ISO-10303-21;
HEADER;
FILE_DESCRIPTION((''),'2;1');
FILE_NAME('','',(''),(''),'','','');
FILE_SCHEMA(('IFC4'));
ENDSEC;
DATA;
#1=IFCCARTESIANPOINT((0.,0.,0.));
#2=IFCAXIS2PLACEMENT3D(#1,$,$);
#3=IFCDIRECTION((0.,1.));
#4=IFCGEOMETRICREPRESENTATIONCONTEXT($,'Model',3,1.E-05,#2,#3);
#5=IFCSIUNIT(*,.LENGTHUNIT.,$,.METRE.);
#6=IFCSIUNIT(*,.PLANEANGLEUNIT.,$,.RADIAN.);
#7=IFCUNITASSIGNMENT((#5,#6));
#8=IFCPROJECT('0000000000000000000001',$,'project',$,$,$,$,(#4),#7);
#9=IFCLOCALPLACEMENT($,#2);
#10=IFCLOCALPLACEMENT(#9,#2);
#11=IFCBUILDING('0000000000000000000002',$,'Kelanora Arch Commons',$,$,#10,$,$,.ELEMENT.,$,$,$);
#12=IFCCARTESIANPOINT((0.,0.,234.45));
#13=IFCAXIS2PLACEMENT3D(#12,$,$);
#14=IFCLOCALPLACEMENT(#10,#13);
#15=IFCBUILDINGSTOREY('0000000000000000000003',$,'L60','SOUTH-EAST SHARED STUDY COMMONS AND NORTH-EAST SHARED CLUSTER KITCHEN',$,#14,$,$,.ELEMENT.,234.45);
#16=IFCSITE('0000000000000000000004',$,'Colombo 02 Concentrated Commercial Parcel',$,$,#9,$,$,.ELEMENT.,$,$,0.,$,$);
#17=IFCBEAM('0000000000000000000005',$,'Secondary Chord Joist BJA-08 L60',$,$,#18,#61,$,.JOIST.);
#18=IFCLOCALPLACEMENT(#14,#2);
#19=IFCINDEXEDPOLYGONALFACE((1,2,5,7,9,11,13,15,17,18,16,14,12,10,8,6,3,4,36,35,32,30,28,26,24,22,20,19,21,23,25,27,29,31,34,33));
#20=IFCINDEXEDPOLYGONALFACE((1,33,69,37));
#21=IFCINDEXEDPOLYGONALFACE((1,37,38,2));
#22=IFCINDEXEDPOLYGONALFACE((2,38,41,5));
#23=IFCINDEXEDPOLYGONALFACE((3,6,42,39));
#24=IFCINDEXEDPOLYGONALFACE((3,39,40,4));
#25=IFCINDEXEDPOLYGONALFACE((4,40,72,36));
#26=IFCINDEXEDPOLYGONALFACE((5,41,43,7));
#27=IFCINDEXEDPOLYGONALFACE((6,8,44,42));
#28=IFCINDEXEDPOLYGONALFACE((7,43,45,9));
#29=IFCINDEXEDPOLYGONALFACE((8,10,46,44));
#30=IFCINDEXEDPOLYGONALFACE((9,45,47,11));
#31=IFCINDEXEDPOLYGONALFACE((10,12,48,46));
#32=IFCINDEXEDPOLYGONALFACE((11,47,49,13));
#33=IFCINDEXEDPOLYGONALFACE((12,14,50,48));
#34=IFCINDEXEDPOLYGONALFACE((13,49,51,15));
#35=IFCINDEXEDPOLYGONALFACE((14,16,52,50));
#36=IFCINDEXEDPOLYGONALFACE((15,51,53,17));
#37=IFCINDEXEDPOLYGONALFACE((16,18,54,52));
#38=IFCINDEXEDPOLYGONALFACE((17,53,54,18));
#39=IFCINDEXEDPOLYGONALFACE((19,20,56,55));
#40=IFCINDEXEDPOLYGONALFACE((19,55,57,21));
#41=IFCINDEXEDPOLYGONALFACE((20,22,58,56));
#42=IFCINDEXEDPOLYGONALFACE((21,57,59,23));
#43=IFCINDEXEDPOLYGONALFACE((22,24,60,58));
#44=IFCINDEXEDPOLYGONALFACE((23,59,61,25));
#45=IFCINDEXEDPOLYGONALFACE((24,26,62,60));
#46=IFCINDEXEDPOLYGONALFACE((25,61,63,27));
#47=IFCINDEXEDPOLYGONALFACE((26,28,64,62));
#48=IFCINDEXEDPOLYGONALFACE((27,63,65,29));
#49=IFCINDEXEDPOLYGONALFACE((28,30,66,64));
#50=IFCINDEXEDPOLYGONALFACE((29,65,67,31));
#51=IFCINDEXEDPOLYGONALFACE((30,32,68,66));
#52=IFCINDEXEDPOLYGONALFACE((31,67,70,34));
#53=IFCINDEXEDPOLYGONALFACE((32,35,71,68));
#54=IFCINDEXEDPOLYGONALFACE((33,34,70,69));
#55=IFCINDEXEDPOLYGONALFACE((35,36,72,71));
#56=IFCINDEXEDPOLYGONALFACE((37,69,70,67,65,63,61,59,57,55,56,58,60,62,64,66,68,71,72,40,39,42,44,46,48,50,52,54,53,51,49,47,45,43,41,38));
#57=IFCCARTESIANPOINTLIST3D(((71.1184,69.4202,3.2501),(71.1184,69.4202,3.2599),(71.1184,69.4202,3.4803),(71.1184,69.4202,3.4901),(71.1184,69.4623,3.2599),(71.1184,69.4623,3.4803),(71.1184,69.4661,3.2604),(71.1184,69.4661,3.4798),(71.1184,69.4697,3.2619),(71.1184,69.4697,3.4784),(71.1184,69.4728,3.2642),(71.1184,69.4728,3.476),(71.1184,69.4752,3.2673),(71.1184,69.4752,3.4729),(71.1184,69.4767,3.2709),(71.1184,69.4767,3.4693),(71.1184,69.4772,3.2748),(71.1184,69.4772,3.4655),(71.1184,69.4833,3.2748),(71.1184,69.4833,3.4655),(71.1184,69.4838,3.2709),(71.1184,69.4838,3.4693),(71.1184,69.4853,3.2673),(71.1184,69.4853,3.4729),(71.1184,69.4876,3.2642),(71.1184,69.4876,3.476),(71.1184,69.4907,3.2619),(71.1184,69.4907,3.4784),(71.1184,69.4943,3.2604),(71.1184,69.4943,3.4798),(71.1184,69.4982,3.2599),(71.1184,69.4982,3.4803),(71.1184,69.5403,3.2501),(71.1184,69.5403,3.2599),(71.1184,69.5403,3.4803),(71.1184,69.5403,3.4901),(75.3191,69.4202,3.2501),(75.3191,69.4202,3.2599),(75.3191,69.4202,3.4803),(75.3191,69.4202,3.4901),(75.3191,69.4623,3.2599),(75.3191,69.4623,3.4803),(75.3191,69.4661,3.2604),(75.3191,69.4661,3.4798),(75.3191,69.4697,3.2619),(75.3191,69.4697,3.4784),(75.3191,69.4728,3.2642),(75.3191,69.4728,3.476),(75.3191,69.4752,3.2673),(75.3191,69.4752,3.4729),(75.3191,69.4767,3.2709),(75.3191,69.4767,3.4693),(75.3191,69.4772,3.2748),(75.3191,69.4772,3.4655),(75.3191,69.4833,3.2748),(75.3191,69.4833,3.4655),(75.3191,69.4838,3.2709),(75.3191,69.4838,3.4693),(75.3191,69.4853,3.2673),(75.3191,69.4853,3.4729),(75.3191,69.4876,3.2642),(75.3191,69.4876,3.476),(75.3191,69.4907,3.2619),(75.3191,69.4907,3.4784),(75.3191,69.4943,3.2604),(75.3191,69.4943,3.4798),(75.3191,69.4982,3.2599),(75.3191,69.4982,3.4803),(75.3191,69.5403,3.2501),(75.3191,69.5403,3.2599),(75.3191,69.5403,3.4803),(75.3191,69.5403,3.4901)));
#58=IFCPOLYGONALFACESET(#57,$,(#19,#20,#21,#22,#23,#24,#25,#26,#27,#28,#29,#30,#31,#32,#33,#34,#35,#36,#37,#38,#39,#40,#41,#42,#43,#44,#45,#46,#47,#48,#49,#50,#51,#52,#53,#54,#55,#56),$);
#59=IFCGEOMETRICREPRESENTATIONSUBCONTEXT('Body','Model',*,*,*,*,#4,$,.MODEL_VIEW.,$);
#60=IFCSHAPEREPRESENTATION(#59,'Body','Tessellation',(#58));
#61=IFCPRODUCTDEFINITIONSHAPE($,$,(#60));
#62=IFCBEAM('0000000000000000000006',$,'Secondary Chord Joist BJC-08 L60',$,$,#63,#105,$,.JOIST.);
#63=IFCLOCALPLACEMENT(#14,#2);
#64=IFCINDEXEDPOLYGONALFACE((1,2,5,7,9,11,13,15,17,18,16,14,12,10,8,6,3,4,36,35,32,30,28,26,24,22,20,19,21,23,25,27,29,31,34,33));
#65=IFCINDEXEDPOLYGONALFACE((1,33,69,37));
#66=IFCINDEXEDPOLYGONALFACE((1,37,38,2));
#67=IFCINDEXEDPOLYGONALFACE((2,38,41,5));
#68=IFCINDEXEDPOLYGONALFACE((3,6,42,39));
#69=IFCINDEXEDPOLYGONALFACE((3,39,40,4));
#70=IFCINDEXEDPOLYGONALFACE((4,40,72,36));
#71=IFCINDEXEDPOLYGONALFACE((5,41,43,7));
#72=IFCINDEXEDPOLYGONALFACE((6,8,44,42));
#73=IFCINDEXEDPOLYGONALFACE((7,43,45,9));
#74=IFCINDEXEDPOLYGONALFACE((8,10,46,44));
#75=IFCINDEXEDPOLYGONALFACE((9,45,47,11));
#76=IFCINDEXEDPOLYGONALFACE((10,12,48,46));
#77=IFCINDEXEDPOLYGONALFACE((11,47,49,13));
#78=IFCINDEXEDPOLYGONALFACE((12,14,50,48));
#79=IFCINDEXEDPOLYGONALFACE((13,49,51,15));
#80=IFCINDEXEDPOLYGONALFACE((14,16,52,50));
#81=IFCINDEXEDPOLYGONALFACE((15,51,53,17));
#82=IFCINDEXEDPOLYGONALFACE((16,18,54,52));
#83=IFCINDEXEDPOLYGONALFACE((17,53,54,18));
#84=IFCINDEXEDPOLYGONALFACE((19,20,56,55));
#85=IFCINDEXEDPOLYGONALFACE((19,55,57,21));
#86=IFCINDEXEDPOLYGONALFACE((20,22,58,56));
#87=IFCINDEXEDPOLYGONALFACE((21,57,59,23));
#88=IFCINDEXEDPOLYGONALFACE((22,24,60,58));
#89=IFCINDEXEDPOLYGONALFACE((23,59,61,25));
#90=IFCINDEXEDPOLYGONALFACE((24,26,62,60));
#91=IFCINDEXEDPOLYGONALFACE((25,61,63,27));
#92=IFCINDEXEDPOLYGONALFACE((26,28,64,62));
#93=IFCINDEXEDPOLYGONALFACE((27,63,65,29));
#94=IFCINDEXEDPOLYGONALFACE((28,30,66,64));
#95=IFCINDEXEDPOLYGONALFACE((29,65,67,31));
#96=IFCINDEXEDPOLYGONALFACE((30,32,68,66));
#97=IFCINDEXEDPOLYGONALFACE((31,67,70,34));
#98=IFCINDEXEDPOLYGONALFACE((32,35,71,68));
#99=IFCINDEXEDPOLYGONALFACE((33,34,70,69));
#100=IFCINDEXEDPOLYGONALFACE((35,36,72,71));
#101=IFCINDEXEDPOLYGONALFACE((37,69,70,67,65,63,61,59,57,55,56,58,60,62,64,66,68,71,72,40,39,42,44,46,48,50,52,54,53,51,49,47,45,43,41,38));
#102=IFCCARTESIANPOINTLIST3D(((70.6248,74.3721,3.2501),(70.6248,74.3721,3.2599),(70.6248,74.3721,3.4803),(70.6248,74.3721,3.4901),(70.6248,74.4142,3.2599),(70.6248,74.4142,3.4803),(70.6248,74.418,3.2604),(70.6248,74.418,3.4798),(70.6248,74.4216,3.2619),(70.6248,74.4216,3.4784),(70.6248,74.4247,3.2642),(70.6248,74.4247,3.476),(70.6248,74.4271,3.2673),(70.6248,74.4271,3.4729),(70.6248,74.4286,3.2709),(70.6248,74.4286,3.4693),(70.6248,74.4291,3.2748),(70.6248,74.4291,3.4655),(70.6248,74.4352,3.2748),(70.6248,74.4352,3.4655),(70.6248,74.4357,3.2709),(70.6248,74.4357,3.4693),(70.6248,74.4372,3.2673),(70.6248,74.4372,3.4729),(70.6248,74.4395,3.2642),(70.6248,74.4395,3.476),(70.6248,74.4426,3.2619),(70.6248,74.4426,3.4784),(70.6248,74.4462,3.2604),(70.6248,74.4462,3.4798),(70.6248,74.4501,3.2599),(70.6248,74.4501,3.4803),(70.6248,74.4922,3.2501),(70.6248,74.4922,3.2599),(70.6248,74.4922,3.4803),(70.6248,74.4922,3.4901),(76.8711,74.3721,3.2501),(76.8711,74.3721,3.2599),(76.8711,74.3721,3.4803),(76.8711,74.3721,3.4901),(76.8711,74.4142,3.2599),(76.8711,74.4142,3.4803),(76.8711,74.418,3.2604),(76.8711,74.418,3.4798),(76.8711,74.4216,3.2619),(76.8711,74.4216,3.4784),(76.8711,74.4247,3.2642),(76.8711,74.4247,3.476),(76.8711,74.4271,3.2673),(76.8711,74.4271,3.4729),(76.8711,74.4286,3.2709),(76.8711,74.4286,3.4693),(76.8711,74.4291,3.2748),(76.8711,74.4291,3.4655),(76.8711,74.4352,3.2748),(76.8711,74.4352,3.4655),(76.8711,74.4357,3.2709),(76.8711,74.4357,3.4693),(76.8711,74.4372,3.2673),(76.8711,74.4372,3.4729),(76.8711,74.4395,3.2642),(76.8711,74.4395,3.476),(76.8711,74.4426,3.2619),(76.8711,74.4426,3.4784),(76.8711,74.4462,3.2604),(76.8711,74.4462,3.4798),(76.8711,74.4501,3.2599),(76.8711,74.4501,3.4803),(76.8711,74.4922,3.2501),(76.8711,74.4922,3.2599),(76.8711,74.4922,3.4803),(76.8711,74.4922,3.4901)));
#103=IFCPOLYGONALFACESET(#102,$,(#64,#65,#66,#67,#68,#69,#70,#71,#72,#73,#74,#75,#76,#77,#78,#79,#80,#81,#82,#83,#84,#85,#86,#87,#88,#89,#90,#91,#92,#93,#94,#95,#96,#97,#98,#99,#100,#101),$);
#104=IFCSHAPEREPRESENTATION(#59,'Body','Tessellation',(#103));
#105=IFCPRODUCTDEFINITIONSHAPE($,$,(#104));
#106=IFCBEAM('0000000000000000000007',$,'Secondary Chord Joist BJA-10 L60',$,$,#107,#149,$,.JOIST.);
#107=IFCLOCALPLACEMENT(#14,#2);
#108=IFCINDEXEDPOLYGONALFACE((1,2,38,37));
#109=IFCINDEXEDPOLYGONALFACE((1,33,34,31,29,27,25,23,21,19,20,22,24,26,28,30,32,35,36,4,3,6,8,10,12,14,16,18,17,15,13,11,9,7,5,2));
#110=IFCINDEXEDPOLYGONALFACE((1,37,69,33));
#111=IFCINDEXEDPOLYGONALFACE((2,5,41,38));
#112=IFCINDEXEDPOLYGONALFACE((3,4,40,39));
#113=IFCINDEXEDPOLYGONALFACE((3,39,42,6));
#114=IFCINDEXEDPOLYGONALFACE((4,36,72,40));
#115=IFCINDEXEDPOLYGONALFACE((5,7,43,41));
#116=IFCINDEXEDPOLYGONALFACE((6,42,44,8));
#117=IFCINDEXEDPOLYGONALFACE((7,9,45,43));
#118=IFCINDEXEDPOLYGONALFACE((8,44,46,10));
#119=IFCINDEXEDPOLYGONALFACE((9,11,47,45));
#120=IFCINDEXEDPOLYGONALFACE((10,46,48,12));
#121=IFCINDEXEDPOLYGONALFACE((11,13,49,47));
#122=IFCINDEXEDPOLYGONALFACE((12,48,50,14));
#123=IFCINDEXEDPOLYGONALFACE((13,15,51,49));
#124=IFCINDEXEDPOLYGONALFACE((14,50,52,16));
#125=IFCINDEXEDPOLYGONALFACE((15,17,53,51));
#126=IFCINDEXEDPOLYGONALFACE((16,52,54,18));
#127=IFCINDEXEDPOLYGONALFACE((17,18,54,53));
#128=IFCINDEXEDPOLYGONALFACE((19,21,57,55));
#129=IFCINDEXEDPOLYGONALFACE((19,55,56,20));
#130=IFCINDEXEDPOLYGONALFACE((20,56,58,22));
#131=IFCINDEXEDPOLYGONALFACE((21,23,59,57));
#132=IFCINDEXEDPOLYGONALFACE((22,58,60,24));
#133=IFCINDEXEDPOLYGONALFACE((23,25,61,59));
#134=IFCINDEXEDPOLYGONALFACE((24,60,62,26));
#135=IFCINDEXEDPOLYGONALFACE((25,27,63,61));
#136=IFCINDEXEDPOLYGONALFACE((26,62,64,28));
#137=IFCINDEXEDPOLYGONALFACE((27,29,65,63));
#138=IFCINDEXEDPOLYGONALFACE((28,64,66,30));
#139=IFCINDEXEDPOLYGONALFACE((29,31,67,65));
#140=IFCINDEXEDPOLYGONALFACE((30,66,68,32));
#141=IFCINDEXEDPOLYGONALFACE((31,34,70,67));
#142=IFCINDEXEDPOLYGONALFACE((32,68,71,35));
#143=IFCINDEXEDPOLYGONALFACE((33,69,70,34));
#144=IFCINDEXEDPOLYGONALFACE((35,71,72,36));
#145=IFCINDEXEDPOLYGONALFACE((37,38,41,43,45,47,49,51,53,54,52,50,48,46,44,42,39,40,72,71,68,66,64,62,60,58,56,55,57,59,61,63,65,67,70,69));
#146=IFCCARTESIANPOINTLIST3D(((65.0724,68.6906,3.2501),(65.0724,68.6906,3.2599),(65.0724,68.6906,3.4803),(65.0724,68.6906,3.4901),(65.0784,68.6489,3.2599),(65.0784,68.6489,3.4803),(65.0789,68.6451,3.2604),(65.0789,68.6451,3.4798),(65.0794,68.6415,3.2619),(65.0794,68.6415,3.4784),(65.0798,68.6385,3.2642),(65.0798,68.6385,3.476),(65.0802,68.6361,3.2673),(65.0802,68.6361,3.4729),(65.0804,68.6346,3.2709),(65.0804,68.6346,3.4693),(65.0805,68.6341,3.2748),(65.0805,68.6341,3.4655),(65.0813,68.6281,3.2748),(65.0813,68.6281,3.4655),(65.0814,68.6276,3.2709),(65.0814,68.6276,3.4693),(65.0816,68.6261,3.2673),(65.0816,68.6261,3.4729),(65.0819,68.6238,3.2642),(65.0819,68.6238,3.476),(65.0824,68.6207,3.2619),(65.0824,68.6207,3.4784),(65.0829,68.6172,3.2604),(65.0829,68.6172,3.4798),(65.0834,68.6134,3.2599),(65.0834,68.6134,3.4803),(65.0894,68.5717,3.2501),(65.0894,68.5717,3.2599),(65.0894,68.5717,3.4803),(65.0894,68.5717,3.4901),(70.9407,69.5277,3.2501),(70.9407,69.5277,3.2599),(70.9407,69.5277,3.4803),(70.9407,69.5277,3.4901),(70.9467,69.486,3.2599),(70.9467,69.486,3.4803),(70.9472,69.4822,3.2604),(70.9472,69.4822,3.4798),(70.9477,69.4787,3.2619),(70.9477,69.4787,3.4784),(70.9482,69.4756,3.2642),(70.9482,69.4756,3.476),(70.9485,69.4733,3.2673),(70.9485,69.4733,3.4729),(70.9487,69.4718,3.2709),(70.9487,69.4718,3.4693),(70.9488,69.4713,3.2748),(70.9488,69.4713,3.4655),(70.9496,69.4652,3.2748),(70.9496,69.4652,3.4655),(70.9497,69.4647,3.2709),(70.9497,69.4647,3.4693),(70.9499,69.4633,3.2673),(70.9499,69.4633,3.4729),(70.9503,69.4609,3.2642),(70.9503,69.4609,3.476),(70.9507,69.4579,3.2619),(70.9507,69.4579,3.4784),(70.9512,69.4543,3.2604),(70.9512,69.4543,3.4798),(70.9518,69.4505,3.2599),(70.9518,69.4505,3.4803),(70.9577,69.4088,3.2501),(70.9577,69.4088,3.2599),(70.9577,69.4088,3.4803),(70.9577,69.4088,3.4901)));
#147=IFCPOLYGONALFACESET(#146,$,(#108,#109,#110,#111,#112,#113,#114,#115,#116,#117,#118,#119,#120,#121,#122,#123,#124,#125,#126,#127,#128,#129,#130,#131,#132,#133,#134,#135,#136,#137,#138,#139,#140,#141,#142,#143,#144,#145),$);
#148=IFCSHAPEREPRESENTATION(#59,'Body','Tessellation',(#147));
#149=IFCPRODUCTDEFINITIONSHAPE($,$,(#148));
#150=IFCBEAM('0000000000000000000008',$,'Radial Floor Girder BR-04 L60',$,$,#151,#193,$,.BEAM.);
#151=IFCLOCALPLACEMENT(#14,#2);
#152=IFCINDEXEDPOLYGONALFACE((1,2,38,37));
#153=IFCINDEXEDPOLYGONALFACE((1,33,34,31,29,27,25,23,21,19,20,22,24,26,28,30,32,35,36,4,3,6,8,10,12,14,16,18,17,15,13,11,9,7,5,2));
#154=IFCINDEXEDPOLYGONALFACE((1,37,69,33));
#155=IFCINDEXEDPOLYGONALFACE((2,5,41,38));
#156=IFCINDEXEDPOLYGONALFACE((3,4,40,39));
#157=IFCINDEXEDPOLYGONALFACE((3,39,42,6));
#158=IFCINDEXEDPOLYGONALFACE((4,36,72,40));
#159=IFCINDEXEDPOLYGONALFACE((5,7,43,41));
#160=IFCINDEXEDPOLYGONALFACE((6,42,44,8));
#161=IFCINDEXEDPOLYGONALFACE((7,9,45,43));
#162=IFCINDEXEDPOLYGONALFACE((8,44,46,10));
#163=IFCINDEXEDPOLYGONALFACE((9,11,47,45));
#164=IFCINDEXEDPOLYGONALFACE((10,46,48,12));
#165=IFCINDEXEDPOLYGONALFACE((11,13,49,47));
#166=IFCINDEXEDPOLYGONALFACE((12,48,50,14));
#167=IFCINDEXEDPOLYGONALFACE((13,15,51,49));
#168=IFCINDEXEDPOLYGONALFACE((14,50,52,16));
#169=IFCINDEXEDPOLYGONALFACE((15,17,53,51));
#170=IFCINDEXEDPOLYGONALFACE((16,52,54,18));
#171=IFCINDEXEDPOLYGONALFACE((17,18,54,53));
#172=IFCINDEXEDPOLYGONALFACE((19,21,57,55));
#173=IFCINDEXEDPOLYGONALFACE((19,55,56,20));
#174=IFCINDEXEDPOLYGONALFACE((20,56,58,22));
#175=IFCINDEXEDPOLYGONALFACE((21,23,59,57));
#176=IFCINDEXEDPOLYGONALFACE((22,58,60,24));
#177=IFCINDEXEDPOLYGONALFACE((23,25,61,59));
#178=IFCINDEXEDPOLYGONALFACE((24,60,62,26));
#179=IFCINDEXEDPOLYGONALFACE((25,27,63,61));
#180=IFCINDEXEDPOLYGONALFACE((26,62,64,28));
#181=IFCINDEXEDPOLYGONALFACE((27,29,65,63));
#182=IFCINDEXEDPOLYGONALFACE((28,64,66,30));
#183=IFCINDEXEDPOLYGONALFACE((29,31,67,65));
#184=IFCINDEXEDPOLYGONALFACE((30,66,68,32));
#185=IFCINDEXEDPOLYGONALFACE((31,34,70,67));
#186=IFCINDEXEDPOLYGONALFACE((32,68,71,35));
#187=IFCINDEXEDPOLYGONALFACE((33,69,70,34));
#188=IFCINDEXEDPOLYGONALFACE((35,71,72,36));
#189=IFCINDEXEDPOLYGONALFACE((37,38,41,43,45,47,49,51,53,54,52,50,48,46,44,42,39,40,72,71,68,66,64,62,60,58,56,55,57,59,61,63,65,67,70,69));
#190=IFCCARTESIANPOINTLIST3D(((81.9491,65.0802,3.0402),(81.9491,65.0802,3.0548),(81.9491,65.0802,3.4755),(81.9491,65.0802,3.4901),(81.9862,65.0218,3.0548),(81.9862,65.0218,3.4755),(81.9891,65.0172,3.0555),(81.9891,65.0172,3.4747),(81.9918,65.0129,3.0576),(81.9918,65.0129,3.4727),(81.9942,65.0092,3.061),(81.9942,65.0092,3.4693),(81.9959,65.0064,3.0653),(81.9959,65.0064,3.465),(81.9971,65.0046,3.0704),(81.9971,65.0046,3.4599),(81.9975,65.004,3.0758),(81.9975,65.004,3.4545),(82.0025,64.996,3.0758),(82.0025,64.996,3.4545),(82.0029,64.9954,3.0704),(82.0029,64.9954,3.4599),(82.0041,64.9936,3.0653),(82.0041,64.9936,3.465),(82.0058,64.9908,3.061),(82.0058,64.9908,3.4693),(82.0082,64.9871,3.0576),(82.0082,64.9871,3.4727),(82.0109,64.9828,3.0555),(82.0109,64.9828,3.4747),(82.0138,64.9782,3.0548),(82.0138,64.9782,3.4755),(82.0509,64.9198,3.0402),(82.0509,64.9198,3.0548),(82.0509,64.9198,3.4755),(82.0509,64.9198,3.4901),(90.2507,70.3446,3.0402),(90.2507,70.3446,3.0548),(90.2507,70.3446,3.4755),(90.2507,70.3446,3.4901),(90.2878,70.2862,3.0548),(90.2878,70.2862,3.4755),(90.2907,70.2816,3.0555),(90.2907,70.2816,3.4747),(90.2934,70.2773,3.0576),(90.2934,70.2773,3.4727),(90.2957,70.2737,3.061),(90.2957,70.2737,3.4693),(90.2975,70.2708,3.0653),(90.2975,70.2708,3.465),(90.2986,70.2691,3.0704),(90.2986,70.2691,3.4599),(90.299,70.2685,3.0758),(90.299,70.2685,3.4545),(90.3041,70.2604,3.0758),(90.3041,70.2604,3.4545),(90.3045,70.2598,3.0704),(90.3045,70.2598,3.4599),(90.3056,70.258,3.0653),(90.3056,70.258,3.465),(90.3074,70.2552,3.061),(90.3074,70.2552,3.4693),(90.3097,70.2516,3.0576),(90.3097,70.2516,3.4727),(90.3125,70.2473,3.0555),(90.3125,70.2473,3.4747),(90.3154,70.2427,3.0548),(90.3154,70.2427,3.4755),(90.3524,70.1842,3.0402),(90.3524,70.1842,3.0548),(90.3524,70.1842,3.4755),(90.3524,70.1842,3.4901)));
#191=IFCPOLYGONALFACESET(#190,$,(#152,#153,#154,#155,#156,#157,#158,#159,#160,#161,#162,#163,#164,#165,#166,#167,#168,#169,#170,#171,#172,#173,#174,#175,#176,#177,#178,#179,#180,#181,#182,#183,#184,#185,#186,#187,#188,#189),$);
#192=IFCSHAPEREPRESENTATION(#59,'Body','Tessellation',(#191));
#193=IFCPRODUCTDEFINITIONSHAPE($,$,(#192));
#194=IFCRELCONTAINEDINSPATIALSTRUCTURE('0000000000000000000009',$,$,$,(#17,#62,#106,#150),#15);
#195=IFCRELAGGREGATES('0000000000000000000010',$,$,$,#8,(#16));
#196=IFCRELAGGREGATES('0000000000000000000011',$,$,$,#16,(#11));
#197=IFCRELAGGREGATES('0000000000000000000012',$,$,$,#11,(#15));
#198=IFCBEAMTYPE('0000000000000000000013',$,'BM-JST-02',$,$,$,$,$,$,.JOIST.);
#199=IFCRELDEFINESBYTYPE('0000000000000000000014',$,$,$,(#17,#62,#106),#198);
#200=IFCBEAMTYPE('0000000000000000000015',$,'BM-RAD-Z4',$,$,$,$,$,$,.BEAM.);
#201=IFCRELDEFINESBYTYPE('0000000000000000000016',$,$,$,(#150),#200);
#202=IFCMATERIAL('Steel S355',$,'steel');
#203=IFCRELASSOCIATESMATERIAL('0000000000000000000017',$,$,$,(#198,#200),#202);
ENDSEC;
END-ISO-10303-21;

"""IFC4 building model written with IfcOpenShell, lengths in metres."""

from ifc_helpers import new_model, si_unit, direction, frame, origin, origin_2d, place, context, subcontext, project, spatial, i_section, extrude, material, material_profile, profile_set, type_object, element, save


model = new_model("IFC4")

# Units and contexts
model_context = context("Model", 3, precision=1e-05, world=origin(), true_north=direction((0.0, 1.0)))
body_context = subcontext(model_context, "Body", "Model", "MODEL_VIEW")
ifc_project = project(units=[si_unit("LENGTHUNIT", "METRE"), si_unit("PLANEANGLEUNIT", "RADIAN")], contexts=[model_context])

# Site, building, storey
site_placement = place(None, origin())
site = spatial("IfcSite", under=ifc_project, at=site_placement, Name="Colombo 02 Concentrated Commercial Parcel", CompositionType="ELEMENT", RefElevation=0.0)
building_placement = place(site_placement, origin())
building = spatial("IfcBuilding", under=site, at=building_placement, Name="Kelanora Arch Commons", CompositionType="ELEMENT")
storey_placement = place(building_placement, frame((0.0, 0.0, 234.45)))
storey = spatial("IfcBuildingStorey", under=building, at=storey_placement, Name="L60", Description="SOUTH-EAST SHARED STUDY COMMONS AND NORTH-EAST SHARED CLUSTER KITCHEN", CompositionType="ELEMENT", Elevation=234.45)

# Beams
ifc_material_1 = material(Name="Steel S355", Category="steel")
ifc_material_profile_1 = material_profile(ifc_material_1, i_section(OverallWidth=0.1201, OverallDepth=0.24, WebThickness=0.0061, FlangeThickness=0.0098, FilletRadius=0.0149, at=origin_2d()), Name="IPE240")
ifc_profile_set_1 = profile_set([ifc_material_profile_1], Name="Steel S355")
beam_type_1 = type_object("IfcBeamType", Name="BM-JST-02", PredefinedType="JOIST", material=ifc_profile_set_1)
beam_1_placement = place(storey_placement, frame((75.3191, 69.4802, 3.3701), z_axis=(-1.0, 0.0, 0.0), x_axis=(0.0, -1.0, 0.0)))
element("IfcBeam", 1, at=beam_1_placement, inside=storey, type_object=beam_type_1, Name="Secondary Chord Joist BJA-08 L60", PredefinedType="JOIST", context=body_context, shape_type="SweptSolid", body=[
    extrude(i_section(OverallWidth=0.1201, OverallDepth=0.24, WebThickness=0.0061, FlangeThickness=0.0098, FilletRadius=0.0149, at=origin_2d()), origin(), (0.0, 0.0, 1.0), 4.2007),
])
beam_2_placement = place(storey_placement, frame((76.8711, 74.4321, 3.3701), z_axis=(-1.0, 0.0, 0.0), x_axis=(0.0, -1.0, 0.0)))
element("IfcBeam", 2, at=beam_2_placement, inside=storey, type_object=beam_type_1, Name="Secondary Chord Joist BJC-08 L60", PredefinedType="JOIST", context=body_context, shape_type="SweptSolid", body=[
    extrude(i_section(OverallWidth=0.1201, OverallDepth=0.24, WebThickness=0.0061, FlangeThickness=0.0098, FilletRadius=0.0149, at=origin_2d()), origin(), (0.0, 0.0, 1.0), 6.2463),
])
beam_3_placement = place(storey_placement, frame((70.9492, 69.4683, 3.3701), z_axis=(-0.989977, -0.141225, 0.0), x_axis=(0.141225, -0.989977, 0.0)))
element("IfcBeam", 3, at=beam_3_placement, inside=storey, type_object=beam_type_1, Name="Secondary Chord Joist BJA-10 L60", PredefinedType="JOIST", context=body_context, shape_type="SweptSolid", body=[
    extrude(i_section(OverallWidth=0.1201, OverallDepth=0.24, WebThickness=0.0061, FlangeThickness=0.0098, FilletRadius=0.0149, at=origin_2d()), origin(), (0.0, 0.0, 1.0), 5.9277),
])
ifc_material_profile_2 = material_profile(ifc_material_1, i_section(OverallWidth=0.1899, OverallDepth=0.45, WebThickness=0.0095, FlangeThickness=0.0146, FilletRadius=0.021, at=origin_2d()), Name="IPE450")
ifc_profile_set_2 = profile_set([ifc_material_profile_2], Name="Steel S355")
beam_type_2 = type_object("IfcBeamType", Name="BM-RAD-Z4", PredefinedType="BEAM", material=ifc_profile_set_2)
beam_4_placement = place(storey_placement, frame((82.0, 65.0, 3.2651), z_axis=(0.844507, 0.535544, 0.0), x_axis=(-0.535544, 0.844507, 0.0)))
element("IfcBeam", 4, at=beam_4_placement, inside=storey, type_object=beam_type_2, Name="Radial Floor Girder BR-04 L60", PredefinedType="BEAM", context=body_context, shape_type="SweptSolid", body=[
    extrude(i_section(OverallWidth=0.1899, OverallDepth=0.45, WebThickness=0.0095, FlangeThickness=0.0146, FilletRadius=0.021, at=origin_2d()), origin(), (0.0, 0.0, 1.0), 9.8301),
])

save(model, "model.ifc")
